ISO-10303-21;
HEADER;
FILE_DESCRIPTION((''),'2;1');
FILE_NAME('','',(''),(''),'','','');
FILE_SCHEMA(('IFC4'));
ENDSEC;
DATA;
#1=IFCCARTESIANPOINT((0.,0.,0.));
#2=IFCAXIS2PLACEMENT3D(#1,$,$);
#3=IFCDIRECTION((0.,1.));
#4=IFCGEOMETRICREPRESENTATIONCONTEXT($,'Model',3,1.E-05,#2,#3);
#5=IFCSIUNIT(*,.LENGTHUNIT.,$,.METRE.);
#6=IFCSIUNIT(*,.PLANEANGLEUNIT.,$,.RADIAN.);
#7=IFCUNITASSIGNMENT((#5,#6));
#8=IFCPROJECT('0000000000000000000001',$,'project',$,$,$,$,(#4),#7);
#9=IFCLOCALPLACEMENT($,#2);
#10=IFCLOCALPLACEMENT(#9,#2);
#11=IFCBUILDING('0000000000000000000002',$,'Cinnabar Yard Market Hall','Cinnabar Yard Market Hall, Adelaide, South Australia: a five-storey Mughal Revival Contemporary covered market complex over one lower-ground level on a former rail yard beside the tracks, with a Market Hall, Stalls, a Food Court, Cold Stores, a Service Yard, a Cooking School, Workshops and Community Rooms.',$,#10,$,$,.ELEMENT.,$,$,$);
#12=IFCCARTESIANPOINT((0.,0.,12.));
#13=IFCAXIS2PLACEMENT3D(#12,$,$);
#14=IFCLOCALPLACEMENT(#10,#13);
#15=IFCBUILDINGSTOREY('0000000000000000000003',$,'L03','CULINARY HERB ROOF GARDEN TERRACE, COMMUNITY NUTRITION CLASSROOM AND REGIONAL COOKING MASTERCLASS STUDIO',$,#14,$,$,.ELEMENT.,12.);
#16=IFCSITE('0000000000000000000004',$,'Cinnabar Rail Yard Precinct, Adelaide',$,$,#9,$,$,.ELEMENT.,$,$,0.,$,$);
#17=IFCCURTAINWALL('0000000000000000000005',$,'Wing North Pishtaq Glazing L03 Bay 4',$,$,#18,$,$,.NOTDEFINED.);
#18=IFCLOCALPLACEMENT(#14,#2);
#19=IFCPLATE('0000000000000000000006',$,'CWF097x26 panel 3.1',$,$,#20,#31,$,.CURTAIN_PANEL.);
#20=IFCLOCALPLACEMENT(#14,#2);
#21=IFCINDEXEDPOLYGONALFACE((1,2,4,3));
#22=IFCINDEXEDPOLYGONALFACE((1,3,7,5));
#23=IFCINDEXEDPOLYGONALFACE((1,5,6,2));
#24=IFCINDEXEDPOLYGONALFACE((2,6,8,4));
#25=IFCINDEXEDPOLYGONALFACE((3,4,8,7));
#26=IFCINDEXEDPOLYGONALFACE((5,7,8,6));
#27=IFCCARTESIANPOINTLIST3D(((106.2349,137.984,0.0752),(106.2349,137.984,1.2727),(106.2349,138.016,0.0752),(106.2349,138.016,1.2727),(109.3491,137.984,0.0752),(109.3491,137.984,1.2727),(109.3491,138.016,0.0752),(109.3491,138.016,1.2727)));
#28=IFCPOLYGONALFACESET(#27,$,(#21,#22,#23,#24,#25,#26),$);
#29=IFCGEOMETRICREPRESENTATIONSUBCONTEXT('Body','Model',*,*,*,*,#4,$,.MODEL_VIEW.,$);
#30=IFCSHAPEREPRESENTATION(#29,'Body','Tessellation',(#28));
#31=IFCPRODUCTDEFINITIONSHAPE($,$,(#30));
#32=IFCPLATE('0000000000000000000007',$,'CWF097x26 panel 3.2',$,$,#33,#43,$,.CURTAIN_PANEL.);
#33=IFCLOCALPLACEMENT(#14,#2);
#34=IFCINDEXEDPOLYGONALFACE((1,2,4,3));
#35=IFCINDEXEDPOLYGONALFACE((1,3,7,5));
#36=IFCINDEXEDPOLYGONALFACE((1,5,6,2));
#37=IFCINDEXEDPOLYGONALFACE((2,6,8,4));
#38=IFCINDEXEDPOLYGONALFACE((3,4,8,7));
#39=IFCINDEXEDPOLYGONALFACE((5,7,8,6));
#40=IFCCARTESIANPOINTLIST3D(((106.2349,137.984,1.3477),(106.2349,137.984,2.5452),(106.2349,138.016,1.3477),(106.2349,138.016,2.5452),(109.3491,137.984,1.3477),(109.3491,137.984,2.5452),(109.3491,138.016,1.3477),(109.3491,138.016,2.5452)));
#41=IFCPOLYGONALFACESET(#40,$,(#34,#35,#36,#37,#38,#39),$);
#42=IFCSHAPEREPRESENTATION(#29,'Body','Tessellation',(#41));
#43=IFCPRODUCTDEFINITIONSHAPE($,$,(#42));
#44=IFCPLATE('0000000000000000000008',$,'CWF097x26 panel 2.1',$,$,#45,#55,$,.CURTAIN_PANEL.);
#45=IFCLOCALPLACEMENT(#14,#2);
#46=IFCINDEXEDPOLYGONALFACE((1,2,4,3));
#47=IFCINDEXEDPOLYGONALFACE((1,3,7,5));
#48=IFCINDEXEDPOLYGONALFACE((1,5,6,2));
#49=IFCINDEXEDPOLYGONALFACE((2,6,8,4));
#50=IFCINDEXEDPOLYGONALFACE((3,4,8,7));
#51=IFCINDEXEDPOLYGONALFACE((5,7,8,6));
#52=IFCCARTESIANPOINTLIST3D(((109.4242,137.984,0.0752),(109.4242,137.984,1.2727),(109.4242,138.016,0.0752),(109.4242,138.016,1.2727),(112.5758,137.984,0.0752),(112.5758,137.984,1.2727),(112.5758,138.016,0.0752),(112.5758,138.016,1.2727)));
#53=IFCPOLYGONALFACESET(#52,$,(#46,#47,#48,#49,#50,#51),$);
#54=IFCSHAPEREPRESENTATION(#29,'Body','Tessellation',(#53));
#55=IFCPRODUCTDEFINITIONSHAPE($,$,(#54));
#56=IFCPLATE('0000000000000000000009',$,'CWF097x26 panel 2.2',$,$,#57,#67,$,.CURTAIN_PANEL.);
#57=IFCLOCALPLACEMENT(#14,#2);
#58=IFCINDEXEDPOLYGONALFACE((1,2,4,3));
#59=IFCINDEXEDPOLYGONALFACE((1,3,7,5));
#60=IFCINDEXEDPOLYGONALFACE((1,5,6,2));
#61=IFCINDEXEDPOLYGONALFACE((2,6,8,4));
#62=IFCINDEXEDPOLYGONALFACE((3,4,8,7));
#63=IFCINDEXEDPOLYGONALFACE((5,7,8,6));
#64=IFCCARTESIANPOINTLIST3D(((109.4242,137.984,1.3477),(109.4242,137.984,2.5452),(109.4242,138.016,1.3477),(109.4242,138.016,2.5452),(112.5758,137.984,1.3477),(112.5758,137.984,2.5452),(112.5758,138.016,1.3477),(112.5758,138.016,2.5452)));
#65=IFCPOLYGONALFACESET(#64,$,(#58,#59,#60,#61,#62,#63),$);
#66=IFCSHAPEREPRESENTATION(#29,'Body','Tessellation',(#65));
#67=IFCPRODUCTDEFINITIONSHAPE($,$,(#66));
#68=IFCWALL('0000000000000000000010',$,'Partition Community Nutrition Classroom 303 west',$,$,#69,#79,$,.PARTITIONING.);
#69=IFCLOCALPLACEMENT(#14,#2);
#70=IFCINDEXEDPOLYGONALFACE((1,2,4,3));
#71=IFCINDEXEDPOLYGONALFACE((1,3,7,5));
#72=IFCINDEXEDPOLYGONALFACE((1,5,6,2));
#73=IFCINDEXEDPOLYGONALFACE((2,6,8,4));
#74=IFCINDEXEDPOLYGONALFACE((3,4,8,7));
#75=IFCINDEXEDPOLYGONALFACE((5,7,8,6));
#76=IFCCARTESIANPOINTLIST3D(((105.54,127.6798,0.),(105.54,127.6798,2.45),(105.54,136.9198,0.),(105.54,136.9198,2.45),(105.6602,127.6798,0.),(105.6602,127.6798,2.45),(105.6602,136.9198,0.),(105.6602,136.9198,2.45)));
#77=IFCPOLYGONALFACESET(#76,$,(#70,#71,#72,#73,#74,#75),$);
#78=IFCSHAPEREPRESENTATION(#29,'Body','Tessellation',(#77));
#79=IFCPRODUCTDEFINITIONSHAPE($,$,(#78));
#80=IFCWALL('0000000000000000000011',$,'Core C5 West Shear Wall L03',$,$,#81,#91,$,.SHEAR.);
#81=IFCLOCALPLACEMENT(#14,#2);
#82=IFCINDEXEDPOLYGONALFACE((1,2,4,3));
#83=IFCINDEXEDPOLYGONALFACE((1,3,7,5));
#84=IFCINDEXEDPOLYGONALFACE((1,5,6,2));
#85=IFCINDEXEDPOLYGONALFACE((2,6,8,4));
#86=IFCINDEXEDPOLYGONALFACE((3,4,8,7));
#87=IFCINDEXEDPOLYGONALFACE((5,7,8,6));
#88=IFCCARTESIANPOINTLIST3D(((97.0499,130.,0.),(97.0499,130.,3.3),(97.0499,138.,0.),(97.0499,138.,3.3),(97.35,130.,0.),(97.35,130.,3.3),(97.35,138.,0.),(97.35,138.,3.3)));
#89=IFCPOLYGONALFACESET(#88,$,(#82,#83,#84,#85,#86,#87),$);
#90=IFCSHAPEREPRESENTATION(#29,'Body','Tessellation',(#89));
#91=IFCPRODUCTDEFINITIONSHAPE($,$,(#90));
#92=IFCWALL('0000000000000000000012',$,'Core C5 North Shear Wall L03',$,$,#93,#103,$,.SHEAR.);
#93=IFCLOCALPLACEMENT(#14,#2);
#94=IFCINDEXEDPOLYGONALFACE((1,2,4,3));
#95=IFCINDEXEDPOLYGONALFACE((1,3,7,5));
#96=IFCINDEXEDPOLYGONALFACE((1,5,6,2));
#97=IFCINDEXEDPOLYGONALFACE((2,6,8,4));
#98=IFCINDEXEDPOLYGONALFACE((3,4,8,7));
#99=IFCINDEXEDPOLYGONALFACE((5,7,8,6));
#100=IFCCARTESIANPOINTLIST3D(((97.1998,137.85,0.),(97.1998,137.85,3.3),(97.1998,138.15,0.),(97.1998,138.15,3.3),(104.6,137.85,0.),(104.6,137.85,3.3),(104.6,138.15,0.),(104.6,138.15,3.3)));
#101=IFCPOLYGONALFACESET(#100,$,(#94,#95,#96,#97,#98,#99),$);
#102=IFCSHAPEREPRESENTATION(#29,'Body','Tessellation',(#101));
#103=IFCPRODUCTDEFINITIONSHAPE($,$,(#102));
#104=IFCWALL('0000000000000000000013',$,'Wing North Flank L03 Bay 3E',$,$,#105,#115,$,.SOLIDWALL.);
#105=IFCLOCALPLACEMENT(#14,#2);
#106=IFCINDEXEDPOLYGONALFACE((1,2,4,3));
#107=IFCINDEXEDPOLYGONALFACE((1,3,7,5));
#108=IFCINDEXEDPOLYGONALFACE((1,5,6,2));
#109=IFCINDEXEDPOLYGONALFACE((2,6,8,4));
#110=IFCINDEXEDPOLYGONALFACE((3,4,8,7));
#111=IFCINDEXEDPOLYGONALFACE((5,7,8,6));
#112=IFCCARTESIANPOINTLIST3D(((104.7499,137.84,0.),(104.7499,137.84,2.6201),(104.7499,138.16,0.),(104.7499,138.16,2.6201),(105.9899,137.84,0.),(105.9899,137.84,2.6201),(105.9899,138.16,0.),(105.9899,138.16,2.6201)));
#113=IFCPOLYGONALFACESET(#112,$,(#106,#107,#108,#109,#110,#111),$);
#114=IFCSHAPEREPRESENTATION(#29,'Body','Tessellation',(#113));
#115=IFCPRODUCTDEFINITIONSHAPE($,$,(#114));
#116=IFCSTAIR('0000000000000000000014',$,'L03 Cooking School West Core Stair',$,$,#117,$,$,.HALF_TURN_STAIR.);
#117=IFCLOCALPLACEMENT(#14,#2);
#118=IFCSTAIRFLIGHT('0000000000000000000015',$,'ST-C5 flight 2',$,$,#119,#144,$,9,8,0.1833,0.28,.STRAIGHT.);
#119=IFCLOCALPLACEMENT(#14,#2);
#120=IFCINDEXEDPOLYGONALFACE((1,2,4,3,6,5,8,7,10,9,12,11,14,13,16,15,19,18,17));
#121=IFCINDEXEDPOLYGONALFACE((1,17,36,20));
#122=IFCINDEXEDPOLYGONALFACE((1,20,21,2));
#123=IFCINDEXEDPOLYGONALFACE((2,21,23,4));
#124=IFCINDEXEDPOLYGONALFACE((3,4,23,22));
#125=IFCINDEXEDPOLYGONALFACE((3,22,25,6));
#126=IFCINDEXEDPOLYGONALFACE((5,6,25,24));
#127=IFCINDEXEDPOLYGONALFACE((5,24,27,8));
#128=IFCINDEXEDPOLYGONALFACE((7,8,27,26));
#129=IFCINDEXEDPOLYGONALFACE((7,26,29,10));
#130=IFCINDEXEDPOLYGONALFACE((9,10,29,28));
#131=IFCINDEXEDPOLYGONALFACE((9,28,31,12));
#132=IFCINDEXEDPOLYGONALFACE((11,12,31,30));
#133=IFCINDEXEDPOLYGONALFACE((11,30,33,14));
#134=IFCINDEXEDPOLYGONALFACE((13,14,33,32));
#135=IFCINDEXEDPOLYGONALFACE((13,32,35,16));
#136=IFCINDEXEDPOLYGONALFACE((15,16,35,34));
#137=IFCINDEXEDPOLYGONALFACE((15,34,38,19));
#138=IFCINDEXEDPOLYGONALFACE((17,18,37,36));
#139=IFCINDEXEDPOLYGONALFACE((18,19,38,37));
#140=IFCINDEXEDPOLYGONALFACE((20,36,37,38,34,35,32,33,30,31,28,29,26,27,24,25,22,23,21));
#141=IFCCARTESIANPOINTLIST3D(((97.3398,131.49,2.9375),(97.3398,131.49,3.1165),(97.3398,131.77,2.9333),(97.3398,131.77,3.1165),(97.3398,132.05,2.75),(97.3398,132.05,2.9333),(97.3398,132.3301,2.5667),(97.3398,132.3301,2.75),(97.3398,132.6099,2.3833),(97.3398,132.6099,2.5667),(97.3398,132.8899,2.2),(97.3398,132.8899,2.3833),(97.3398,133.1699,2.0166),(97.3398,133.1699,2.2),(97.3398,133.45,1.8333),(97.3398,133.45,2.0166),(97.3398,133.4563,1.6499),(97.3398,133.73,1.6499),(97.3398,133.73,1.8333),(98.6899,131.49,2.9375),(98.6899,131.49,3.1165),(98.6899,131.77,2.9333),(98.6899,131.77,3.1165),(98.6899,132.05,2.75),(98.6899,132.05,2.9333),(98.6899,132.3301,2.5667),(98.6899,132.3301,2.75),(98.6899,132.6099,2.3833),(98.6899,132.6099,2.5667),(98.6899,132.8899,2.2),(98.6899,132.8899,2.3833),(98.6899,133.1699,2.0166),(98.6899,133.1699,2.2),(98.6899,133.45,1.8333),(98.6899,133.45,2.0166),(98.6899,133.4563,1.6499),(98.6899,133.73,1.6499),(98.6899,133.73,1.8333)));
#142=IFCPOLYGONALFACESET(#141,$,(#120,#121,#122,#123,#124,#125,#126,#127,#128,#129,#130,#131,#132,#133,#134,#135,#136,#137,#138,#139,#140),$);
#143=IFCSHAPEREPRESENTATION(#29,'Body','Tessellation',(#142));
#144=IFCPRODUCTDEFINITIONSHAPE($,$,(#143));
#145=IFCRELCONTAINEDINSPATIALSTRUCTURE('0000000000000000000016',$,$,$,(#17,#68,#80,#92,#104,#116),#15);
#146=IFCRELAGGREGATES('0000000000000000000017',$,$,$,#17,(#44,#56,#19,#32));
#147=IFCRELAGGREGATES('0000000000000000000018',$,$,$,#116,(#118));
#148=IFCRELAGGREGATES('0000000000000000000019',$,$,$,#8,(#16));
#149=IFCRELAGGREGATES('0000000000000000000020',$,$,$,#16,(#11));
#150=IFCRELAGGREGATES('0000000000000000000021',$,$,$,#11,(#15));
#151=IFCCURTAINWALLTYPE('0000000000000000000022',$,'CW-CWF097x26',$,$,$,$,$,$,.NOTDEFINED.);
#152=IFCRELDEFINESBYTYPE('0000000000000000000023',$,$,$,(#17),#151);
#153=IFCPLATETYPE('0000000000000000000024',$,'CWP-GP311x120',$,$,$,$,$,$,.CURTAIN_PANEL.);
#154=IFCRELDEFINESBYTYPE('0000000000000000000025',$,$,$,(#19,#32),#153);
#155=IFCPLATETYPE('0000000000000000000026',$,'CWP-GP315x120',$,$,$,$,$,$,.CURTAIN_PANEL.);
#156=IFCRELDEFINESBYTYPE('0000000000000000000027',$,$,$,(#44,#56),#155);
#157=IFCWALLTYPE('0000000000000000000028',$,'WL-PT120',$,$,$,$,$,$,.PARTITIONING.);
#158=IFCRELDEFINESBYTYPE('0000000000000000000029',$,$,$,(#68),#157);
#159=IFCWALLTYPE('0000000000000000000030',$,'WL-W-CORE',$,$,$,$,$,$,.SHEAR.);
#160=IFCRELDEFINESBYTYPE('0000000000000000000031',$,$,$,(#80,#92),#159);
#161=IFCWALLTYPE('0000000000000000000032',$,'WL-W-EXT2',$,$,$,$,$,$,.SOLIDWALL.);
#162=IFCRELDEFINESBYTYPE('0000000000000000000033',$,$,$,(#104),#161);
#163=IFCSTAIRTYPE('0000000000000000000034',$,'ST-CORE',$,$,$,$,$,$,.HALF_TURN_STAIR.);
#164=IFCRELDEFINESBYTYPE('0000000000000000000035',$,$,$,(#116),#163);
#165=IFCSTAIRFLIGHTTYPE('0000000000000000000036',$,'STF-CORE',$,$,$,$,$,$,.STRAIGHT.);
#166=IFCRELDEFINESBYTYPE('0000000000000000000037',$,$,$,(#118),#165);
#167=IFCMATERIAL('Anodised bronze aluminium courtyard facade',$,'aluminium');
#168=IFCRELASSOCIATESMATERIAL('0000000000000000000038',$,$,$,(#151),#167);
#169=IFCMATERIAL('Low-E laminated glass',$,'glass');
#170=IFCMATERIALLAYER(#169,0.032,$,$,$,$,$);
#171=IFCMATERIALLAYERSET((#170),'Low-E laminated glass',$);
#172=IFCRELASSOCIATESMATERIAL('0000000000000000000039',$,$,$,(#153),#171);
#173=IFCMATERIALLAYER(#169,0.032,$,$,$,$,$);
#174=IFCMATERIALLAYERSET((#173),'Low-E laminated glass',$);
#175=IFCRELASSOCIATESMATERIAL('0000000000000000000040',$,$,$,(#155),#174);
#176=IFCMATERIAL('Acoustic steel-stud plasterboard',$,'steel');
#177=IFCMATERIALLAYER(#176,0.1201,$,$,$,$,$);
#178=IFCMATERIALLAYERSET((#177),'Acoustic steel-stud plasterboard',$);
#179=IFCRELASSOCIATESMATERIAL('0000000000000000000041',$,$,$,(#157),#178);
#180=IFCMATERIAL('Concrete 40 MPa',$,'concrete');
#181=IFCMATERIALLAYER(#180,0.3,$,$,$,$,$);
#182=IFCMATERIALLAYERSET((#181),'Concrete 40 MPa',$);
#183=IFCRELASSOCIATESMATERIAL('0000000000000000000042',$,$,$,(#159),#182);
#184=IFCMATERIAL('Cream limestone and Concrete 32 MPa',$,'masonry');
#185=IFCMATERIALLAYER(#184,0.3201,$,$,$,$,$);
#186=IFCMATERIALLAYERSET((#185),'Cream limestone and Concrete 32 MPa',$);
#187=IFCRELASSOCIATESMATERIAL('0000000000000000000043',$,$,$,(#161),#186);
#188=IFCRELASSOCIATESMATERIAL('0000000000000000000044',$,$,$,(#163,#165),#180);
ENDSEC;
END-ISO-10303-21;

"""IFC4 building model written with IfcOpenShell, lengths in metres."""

from ifc_helpers import new_model, si_unit, direction, frame, frame_2d, origin, origin_2d_with_axis, place, context, subcontext, project, spatial, polyline, rectangle, outline, extrude, material, layer, layer_set, type_object, element, aggregate, save


model = new_model("IFC4")

# Units and contexts
model_context = context("Model", 3, precision=1e-05, world=origin(), true_north=direction((0.0, 1.0)))
body_context = subcontext(model_context, "Body", "Model", "MODEL_VIEW")
ifc_project = project(units=[si_unit("LENGTHUNIT", "METRE"), si_unit("PLANEANGLEUNIT", "RADIAN")], contexts=[model_context])

# Site, building, storey
site_placement = place(None, origin())
site = spatial("IfcSite", under=ifc_project, at=site_placement, Name="Cinnabar Rail Yard Precinct, Adelaide", CompositionType="ELEMENT", RefElevation=0.0)
building_placement = place(site_placement, origin())
building = spatial("IfcBuilding", under=site, at=building_placement, Name="Cinnabar Yard Market Hall", Description="Cinnabar Yard Market Hall, Adelaide, South Australia: a five-storey Mughal Revival Contemporary covered market complex over one lower-ground level on a former rail yard beside the tracks, with a Market Hall, Stalls, a Food Court, Cold Stores, a Service Yard, a Cooking School, Workshops and Community Rooms.", CompositionType="ELEMENT")
storey_placement = place(building_placement, frame((0.0, 0.0, 12.0)))
storey = spatial("IfcBuildingStorey", under=building, at=storey_placement, Name="L03", Description="CULINARY HERB ROOF GARDEN TERRACE, COMMUNITY NUTRITION CLASSROOM AND REGIONAL COOKING MASTERCLASS STUDIO", CompositionType="ELEMENT", Elevation=12.0)

# Curtain wall, plates
ifc_material_1 = material(Name="Anodised bronze aluminium courtyard facade", Category="aluminium")
curtain_wall_type = type_object("IfcCurtainWallType", Name="CW-CWF097x26", PredefinedType="NOTDEFINED", material=ifc_material_1)
curtain_wall_placement = place(storey_placement, origin())
curtain_wall = element("IfcCurtainWall", 1, at=curtain_wall_placement, inside=storey, type_object=curtain_wall_type, Name="Wing North Pishtaq Glazing L03 Bay 4", PredefinedType="NOTDEFINED")
ifc_material_2 = material(Name="Low-E laminated glass", Category="glass")
ifc_layer_1 = layer(ifc_material_2, 0.032)
ifc_layer_set_1 = layer_set([ifc_layer_1], Name="Low-E laminated glass")
plate_type_1 = type_object("IfcPlateType", Name="CWP-GP311x120", PredefinedType="CURTAIN_PANEL", material=ifc_layer_set_1)
plate_1_placement = place(storey_placement, frame((107.792, 138.0, 0.0752), z_axis=(0.0, 0.0, 1.0), x_axis=(-1.0, 0.0, 0.0)))
plate_1 = element("IfcPlate", 2, at=plate_1_placement, type_object=plate_type_1, Name="CWF097x26 panel 3.1", PredefinedType="CURTAIN_PANEL", context=body_context, shape_type="SweptSolid", body=[
    extrude(rectangle(XDim=3.1143, YDim=0.032, at=origin_2d_with_axis()), origin(), (0.0, 0.0, 1.0), 1.1975),
])
plate_2_placement = place(storey_placement, frame((107.792, 138.0, 1.3477), z_axis=(0.0, 0.0, 1.0), x_axis=(-1.0, 0.0, 0.0)))
plate_2 = element("IfcPlate", 3, at=plate_2_placement, type_object=plate_type_1, Name="CWF097x26 panel 3.2", PredefinedType="CURTAIN_PANEL", context=body_context, shape_type="SweptSolid", body=[
    extrude(rectangle(XDim=3.1143, YDim=0.032, at=origin_2d_with_axis()), origin(), (0.0, 0.0, 1.0), 1.1975),
])
ifc_layer_2 = layer(ifc_material_2, 0.032)
ifc_layer_set_2 = layer_set([ifc_layer_2], Name="Low-E laminated glass")
plate_type_2 = type_object("IfcPlateType", Name="CWP-GP315x120", PredefinedType="CURTAIN_PANEL", material=ifc_layer_set_2)
plate_3_placement = place(storey_placement, frame((111.0, 138.0, 0.0752), z_axis=(0.0, 0.0, 1.0), x_axis=(-1.0, 0.0, 0.0)))
plate_3 = element("IfcPlate", 4, at=plate_3_placement, type_object=plate_type_2, Name="CWF097x26 panel 2.1", PredefinedType="CURTAIN_PANEL", context=body_context, shape_type="SweptSolid", body=[
    extrude(rectangle(XDim=3.1516, YDim=0.032, at=origin_2d_with_axis()), origin(), (0.0, 0.0, 1.0), 1.1975),
])
plate_4_placement = place(storey_placement, frame((111.0, 138.0, 1.3477), z_axis=(0.0, 0.0, 1.0), x_axis=(-1.0, 0.0, 0.0)))
plate_4 = element("IfcPlate", 5, at=plate_4_placement, type_object=plate_type_2, Name="CWF097x26 panel 2.2", PredefinedType="CURTAIN_PANEL", context=body_context, shape_type="SweptSolid", body=[
    extrude(rectangle(XDim=3.1516, YDim=0.032, at=origin_2d_with_axis()), origin(), (0.0, 0.0, 1.0), 1.1975),
])
aggregate(curtain_wall, [plate_3, plate_4, plate_1, plate_2])

# Walls
ifc_material_3 = material(Name="Acoustic steel-stud plasterboard", Category="steel")
ifc_layer_3 = layer(ifc_material_3, 0.1201)
ifc_layer_set_3 = layer_set([ifc_layer_3], Name="Acoustic steel-stud plasterboard")
wall_type_1 = type_object("IfcWallType", Name="WL-PT120", PredefinedType="PARTITIONING", material=ifc_layer_set_3)
wall_1_placement = place(storey_placement, frame((105.6001, 136.9199, 0.0), z_axis=(0.0, 0.0, 1.0), x_axis=(0.0, -1.0, 0.0)))
element("IfcWall", 6, at=wall_1_placement, inside=storey, type_object=wall_type_1, Name="Partition Community Nutrition Classroom 303 west", PredefinedType="PARTITIONING", context=body_context, shape_type="SweptSolid", body=[
    extrude(rectangle(XDim=9.24, YDim=0.1201, at=frame_2d((4.6201, 0.0), x_axis=(1.0, 0.0))), origin(), (0.0, 0.0, 1.0), 2.45),
])
ifc_material_4 = material(Name="Concrete 40 MPa", Category="concrete")
ifc_layer_4 = layer(ifc_material_4, 0.3)
ifc_layer_set_4 = layer_set([ifc_layer_4], Name="Concrete 40 MPa")
wall_type_2 = type_object("IfcWallType", Name="WL-W-CORE", PredefinedType="SHEAR", material=ifc_layer_set_4)
wall_2_placement = place(storey_placement, frame((97.2, 138.0, 0.0), z_axis=(0.0, 0.0, 1.0), x_axis=(0.0, -1.0, 0.0)))
element("IfcWall", 7, at=wall_2_placement, inside=storey, type_object=wall_type_2, Name="Core C5 West Shear Wall L03", PredefinedType="SHEAR", context=body_context, shape_type="SweptSolid", body=[
    extrude(rectangle(XDim=8.0, YDim=0.3, at=frame_2d((4.0, 0.0), x_axis=(1.0, 0.0))), origin(), (0.0, 0.0, 1.0), 3.3),
])
wall_3_placement = place(storey_placement, frame((104.6001, 138.0, 0.0), z_axis=(0.0, 0.0, 1.0), x_axis=(-1.0, 0.0, 0.0)))
element("IfcWall", 8, at=wall_3_placement, inside=storey, type_object=wall_type_2, Name="Core C5 North Shear Wall L03", PredefinedType="SHEAR", context=body_context, shape_type="SweptSolid", body=[
    extrude(rectangle(XDim=7.4001, YDim=0.3, at=frame_2d((3.7002, 0.0), x_axis=(1.0, 0.0))), origin(), (0.0, 0.0, 1.0), 3.3),
])
ifc_material_5 = material(Name="Cream limestone and Concrete 32 MPa", Category="masonry")
ifc_layer_5 = layer(ifc_material_5, 0.3201)
ifc_layer_set_5 = layer_set([ifc_layer_5], Name="Cream limestone and Concrete 32 MPa")
wall_type_3 = type_object("IfcWallType", Name="WL-W-EXT2", PredefinedType="SOLIDWALL", material=ifc_layer_set_5)
wall_4_placement = place(storey_placement, frame((105.99, 138.0, 0.0), z_axis=(0.0, 0.0, 1.0), x_axis=(-1.0, 0.0, 0.0)))
element("IfcWall", 9, at=wall_4_placement, inside=storey, type_object=wall_type_3, Name="Wing North Flank L03 Bay 3E", PredefinedType="SOLIDWALL", context=body_context, shape_type="SweptSolid", body=[
    extrude(rectangle(XDim=1.24, YDim=0.3201, at=frame_2d((0.6201, 0.0), x_axis=(1.0, 0.0))), origin(), (0.0, 0.0, 1.0), 2.6201),
])

# Stair, stair flight
stair_type = type_object("IfcStairType", Name="ST-CORE", PredefinedType="HALF_TURN_STAIR", material=ifc_material_4)
stair_placement = place(storey_placement, origin())
stair = element("IfcStair", 10, at=stair_placement, inside=storey, type_object=stair_type, Name="L03 Cooking School West Core Stair", PredefinedType="HALF_TURN_STAIR")
stair_flight_type = type_object("IfcStairFlightType", Name="STF-CORE", PredefinedType="STRAIGHT", material=ifc_material_4)
stair_flight_placement = place(storey_placement, frame((98.0149, 133.73, 1.6499), z_axis=(0.0, 0.0, 1.0), x_axis=(0.0, -1.0, 0.0)))
stair_flight = element("IfcStairFlight", 11, at=stair_flight_placement, type_object=stair_flight_type, Name="ST-C5 flight 2", NumberOfRisers=9, NumberOfTreads=8, PredefinedType="STRAIGHT", RiserHeight=0.1833, TreadLength=0.28, context=body_context, shape_type="SweptSolid", body=[
    extrude(outline(polyline([(0.0, 0.0), (0.0, 0.1833), (0.28, 0.1833), (0.28, 0.3667), (0.5601, 0.3667), (0.5601, 0.55), (0.8401, 0.55), (0.8401, 0.7334), (1.1201, 0.7334), (1.1201, 0.9167), (1.3999, 0.9167), (1.3999, 1.1001), (1.6799, 1.1001), (1.6799, 1.2834), (1.96, 1.2834), (1.96, 1.4666), (2.24, 1.4666), (2.24, 1.6499), (2.24, 1.2876), (0.2737, 0.0), (0.0, 0.0)])), frame((0.0, 0.675, 0.0), z_axis=(0.0, -1.0, 0.0), x_axis=(1.0, 0.0, 0.0)), (0.0, 0.0, 1.0), 1.3501),
])
aggregate(stair, [stair_flight])

save(model, "model.ifc")
